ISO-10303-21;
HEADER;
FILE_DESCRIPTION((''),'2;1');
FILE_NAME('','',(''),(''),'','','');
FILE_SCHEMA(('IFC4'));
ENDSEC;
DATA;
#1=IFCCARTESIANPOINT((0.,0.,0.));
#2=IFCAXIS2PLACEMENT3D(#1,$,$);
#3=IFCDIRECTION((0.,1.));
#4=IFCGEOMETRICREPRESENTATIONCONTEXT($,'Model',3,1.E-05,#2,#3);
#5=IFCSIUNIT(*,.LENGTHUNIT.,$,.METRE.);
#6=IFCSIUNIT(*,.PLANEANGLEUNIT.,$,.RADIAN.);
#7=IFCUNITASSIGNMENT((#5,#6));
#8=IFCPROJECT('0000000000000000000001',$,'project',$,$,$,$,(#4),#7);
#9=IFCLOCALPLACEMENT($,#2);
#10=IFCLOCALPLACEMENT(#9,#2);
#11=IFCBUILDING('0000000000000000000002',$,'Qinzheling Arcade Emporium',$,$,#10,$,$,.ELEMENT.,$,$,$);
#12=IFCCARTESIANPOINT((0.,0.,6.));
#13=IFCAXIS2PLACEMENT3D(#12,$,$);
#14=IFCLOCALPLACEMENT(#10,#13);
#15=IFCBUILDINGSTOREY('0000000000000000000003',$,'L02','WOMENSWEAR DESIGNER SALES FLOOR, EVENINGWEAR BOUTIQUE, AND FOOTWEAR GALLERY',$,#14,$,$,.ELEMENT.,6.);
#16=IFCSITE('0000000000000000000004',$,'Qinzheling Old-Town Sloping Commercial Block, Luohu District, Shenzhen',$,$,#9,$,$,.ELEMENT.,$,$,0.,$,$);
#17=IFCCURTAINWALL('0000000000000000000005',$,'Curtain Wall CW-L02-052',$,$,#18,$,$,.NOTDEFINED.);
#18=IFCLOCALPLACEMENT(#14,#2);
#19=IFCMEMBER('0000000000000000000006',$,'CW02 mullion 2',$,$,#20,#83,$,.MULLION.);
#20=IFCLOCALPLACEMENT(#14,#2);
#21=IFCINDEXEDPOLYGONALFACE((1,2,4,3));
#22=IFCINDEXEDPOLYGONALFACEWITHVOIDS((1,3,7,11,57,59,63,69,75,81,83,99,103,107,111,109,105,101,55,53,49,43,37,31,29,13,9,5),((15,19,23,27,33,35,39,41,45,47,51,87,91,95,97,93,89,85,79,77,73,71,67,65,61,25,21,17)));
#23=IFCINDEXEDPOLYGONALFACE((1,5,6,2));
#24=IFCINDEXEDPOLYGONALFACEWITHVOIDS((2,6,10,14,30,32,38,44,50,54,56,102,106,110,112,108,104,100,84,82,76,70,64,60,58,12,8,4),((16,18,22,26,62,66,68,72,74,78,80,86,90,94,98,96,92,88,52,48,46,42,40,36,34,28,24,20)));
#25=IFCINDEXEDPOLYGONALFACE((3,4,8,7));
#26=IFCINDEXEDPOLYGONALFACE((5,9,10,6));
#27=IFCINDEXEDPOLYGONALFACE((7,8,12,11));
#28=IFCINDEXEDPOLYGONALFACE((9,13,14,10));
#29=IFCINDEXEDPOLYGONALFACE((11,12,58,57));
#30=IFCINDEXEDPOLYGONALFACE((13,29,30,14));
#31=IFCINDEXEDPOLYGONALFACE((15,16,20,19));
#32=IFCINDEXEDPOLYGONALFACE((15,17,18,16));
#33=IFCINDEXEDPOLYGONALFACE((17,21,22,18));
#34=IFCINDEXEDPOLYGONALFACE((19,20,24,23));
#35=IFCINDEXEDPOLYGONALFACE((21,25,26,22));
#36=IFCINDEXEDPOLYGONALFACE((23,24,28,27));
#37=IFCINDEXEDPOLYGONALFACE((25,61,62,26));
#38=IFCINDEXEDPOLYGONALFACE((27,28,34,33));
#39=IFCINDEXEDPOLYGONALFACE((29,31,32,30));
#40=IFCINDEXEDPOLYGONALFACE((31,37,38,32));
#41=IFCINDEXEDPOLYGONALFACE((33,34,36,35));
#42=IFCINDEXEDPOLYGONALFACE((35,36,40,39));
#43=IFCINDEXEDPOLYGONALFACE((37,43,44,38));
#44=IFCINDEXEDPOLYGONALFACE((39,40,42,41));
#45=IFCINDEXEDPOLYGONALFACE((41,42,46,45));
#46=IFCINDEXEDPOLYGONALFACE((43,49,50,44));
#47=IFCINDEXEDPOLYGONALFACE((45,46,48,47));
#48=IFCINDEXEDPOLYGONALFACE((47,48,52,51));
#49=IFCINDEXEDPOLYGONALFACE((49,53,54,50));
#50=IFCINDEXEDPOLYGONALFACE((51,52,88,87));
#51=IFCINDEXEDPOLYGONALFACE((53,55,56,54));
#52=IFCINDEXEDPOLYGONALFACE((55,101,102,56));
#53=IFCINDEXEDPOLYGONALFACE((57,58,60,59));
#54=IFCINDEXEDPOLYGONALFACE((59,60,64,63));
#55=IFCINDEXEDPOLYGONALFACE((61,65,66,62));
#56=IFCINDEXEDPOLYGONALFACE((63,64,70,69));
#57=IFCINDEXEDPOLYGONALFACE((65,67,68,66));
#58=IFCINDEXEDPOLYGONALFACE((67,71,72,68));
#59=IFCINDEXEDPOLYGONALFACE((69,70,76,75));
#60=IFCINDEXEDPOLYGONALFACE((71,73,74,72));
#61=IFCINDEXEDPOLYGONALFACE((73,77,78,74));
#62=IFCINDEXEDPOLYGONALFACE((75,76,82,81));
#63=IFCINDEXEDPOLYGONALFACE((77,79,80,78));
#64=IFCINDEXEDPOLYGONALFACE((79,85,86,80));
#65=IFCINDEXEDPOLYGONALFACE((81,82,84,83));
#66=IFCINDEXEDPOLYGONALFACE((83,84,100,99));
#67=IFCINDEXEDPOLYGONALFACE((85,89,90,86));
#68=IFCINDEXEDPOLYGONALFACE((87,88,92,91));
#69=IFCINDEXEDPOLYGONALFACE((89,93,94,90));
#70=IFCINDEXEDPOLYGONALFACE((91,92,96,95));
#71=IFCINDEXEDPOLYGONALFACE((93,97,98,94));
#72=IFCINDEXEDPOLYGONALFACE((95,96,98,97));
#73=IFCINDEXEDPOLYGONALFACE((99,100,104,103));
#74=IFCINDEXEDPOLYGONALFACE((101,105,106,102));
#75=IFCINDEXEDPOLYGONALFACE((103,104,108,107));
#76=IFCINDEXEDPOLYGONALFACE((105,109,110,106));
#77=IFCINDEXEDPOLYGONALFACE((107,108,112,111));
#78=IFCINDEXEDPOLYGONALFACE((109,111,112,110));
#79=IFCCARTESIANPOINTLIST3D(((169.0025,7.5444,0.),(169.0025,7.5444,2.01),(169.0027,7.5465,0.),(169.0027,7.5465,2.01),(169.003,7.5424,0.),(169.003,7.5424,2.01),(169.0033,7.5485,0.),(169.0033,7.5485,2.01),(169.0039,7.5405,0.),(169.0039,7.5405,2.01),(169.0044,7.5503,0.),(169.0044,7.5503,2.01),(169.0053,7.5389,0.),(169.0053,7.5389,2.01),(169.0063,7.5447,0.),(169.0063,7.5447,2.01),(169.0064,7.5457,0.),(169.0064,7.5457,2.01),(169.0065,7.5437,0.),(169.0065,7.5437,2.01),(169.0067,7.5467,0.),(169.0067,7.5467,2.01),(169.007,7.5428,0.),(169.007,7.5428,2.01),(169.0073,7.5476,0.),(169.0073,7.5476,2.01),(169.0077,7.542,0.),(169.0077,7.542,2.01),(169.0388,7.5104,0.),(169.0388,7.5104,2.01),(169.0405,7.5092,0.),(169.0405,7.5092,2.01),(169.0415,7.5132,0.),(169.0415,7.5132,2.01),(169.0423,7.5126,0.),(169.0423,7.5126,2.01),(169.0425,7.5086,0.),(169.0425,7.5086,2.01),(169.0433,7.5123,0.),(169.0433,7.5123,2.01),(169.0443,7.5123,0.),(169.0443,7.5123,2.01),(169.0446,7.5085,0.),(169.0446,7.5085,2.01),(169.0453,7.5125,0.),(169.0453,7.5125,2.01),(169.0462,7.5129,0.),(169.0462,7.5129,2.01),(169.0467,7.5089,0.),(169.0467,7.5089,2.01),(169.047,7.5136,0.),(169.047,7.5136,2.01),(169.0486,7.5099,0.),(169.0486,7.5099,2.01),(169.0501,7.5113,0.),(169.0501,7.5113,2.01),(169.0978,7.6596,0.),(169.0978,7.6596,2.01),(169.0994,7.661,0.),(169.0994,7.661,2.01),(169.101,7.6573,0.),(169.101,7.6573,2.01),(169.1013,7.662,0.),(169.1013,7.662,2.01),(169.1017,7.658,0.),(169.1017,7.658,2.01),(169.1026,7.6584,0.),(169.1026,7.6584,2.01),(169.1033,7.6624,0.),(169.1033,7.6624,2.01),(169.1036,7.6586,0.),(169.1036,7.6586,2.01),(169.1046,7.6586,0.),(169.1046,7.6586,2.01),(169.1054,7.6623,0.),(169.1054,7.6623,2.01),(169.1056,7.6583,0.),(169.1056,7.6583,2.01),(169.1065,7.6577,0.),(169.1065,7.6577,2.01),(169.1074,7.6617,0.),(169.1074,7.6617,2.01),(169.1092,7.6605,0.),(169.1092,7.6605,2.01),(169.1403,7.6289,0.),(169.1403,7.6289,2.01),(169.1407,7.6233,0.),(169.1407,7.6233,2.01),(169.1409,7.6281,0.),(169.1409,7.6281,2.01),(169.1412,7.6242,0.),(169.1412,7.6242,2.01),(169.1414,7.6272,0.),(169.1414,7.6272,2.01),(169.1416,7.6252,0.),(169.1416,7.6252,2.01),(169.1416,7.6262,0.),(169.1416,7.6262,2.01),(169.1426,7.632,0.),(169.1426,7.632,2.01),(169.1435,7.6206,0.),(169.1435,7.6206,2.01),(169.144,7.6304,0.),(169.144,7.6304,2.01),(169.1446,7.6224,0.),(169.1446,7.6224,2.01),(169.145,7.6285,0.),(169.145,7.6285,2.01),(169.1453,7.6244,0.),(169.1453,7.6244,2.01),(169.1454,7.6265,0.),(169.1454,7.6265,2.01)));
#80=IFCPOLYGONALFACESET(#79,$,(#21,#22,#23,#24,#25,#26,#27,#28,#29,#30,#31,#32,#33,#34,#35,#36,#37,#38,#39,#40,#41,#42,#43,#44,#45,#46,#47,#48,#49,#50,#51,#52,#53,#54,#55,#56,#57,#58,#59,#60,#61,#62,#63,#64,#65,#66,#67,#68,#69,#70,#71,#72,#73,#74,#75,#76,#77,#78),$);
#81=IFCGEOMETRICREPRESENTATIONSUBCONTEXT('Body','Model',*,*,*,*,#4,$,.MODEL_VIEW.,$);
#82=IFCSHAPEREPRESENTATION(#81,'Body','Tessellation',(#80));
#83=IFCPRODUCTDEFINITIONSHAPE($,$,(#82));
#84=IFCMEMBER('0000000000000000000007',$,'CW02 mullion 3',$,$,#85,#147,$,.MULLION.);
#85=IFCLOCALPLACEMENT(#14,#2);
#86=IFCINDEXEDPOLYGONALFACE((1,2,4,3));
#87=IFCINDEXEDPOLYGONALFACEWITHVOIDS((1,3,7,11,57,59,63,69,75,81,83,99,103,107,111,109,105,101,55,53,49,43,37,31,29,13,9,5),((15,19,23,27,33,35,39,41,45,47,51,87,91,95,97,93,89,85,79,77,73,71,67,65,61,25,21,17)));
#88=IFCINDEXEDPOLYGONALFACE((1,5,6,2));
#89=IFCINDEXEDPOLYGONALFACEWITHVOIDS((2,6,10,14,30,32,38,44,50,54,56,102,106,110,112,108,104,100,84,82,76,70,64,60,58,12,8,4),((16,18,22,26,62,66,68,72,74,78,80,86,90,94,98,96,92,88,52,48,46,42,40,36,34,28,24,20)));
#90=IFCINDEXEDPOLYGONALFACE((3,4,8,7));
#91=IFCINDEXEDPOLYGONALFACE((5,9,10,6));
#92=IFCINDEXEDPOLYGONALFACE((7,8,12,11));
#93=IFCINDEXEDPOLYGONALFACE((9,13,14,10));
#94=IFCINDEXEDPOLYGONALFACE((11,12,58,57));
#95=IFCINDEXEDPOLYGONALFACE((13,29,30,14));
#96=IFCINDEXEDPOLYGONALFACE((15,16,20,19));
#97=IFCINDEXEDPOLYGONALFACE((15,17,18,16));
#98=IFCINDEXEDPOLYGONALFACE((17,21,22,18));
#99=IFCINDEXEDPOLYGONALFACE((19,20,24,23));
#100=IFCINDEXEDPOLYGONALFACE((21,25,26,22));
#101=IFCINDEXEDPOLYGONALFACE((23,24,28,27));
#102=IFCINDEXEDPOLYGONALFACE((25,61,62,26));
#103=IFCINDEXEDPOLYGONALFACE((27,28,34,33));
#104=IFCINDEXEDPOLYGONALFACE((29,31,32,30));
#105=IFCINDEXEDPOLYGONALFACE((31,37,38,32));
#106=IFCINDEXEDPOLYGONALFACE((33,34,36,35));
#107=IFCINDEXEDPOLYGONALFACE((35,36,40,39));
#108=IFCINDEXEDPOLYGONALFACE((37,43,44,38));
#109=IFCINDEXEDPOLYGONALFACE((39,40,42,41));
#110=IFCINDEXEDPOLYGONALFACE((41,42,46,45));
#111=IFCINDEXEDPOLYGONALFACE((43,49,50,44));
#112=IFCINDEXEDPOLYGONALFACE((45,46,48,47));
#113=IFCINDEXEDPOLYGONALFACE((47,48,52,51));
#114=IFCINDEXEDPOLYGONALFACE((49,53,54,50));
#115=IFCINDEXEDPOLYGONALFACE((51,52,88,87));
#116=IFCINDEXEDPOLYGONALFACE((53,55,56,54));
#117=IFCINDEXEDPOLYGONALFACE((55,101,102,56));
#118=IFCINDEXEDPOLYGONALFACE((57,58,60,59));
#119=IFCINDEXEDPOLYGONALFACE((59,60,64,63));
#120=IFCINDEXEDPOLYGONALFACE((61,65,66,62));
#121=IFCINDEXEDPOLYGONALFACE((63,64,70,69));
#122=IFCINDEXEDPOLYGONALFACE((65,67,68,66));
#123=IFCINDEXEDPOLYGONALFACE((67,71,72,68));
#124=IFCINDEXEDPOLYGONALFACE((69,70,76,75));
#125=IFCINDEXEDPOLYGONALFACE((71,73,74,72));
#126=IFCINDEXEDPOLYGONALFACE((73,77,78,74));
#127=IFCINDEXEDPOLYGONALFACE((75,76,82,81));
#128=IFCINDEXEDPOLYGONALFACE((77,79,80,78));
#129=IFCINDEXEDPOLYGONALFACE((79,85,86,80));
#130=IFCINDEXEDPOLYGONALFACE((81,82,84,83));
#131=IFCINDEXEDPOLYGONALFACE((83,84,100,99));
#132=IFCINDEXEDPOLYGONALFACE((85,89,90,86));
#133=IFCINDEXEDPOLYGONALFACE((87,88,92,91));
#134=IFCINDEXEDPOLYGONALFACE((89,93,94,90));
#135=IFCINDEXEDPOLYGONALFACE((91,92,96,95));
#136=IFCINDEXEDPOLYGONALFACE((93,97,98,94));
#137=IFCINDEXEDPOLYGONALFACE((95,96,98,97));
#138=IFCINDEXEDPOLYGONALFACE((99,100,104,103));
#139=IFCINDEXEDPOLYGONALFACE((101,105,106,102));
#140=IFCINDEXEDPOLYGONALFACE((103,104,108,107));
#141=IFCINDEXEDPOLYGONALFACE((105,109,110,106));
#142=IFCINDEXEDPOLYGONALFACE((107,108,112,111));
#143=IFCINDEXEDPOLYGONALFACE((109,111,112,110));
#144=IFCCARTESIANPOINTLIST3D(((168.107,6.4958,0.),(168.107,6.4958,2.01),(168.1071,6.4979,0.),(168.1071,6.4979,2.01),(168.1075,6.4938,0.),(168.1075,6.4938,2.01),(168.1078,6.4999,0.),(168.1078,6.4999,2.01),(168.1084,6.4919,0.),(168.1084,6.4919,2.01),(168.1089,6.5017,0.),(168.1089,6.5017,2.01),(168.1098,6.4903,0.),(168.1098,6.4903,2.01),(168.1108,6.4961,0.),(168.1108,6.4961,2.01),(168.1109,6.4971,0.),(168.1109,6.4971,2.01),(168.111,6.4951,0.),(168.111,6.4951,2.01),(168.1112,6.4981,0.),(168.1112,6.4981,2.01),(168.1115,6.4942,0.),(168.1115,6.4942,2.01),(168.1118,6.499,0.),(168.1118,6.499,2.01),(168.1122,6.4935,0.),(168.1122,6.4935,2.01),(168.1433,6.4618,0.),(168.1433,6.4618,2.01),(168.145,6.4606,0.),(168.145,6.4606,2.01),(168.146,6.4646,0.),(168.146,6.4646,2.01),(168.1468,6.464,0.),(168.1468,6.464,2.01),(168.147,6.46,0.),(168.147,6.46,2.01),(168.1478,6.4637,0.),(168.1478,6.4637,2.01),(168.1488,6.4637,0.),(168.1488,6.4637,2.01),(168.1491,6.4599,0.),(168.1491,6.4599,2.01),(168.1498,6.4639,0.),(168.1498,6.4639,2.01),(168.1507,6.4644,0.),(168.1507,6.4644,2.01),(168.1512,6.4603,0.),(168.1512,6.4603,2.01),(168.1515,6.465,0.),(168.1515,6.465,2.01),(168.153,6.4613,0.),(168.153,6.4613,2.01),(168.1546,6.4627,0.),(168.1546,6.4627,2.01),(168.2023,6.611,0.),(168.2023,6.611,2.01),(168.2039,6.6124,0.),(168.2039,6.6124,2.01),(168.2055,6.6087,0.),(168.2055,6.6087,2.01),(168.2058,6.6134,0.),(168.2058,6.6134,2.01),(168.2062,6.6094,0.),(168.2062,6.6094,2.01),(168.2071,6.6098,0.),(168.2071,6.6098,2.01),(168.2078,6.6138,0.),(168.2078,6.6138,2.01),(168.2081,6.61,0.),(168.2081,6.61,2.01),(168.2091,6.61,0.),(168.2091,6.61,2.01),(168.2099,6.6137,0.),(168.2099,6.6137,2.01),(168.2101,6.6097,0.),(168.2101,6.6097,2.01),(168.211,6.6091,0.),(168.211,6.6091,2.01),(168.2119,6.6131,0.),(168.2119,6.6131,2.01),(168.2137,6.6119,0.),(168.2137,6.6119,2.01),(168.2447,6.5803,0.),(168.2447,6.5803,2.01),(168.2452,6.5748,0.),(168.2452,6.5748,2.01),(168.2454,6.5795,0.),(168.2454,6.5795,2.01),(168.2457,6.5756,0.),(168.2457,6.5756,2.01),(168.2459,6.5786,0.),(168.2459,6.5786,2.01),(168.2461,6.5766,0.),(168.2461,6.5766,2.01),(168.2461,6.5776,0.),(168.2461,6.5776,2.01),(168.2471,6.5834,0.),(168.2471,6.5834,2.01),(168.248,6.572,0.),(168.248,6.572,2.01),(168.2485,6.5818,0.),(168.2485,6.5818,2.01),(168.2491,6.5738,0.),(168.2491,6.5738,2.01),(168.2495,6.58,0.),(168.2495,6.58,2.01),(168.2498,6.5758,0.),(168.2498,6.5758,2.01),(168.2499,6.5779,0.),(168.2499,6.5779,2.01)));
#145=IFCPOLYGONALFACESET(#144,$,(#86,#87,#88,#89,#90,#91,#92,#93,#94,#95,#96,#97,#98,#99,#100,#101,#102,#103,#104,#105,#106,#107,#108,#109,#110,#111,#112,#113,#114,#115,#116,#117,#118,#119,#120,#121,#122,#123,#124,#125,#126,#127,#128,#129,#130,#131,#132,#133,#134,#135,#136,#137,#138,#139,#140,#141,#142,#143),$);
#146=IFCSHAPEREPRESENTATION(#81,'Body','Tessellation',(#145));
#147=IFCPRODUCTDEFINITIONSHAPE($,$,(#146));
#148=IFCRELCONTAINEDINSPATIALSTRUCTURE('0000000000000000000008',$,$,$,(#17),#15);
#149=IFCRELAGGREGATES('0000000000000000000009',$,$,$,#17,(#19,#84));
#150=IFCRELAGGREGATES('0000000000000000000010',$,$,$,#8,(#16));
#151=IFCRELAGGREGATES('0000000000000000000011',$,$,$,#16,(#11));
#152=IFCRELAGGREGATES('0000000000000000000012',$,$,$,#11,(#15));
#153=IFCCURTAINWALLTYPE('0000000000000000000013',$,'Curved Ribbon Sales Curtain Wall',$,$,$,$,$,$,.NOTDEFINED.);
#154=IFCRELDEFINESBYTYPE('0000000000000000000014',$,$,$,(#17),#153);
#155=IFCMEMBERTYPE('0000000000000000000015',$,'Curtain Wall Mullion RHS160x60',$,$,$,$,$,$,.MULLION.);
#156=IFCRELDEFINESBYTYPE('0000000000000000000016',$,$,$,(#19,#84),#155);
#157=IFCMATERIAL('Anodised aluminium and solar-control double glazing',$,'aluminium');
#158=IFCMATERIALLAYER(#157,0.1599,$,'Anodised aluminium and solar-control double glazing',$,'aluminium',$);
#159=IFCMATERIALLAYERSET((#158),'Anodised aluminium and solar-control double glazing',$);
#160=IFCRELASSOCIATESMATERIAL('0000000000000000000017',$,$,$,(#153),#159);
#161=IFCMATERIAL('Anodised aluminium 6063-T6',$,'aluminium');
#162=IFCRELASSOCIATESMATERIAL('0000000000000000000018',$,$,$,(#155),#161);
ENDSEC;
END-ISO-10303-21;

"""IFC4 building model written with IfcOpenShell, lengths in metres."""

from ifc_helpers import new_model, si_unit, direction, frame, origin, origin_2d, place, context, subcontext, project, spatial, hollow_rectangle, extrude, material, layer, layer_set, material_profile, profile_set, type_object, element, aggregate, save


model = new_model("IFC4")

# Units and contexts
model_context = context("Model", 3, precision=1e-05, world=origin(), true_north=direction((0.0, 1.0)))
body_context = subcontext(model_context, "Body", "Model", "MODEL_VIEW")
ifc_project = project(units=[si_unit("LENGTHUNIT", "METRE"), si_unit("PLANEANGLEUNIT", "RADIAN")], contexts=[model_context])

# Site, building, storey
site_placement = place(None, origin())
site = spatial("IfcSite", under=ifc_project, at=site_placement, Name="Qinzheling Old-Town Sloping Commercial Block, Luohu District, Shenzhen", CompositionType="ELEMENT", RefElevation=0.0)
building_placement = place(site_placement, origin())
building = spatial("IfcBuilding", under=site, at=building_placement, Name="Qinzheling Arcade Emporium", CompositionType="ELEMENT")
storey_placement = place(building_placement, frame((0.0, 0.0, 6.0)))
storey = spatial("IfcBuildingStorey", under=building, at=storey_placement, Name="L02", Description="WOMENSWEAR DESIGNER SALES FLOOR, EVENINGWEAR BOUTIQUE, AND FOOTWEAR GALLERY", CompositionType="ELEMENT", Elevation=6.0)

# Curtain wall, members
ifc_material_1 = material(Name="Anodised aluminium and solar-control double glazing", Category="aluminium")
ifc_layer_1 = layer(ifc_material_1, 0.1599, Name="Anodised aluminium and solar-control double glazing", Category="aluminium")
ifc_layer_set_1 = layer_set([ifc_layer_1], Name="Anodised aluminium and solar-control double glazing")
curtain_wall_type = type_object("IfcCurtainWallType", Name="Curved Ribbon Sales Curtain Wall", PredefinedType="NOTDEFINED", material=ifc_layer_set_1)
curtain_wall_1_placement = place(storey_placement, origin())
curtain_wall_1 = element("IfcCurtainWall", 1, at=curtain_wall_1_placement, inside=storey, type_object=curtain_wall_type, Name="Curtain Wall CW-L02-052", PredefinedType="NOTDEFINED")
ifc_material_2 = material(Name="Anodised aluminium 6063-T6", Category="aluminium")
ifc_material_profile_1 = material_profile(ifc_material_2, hollow_rectangle(XDim=0.0601, YDim=0.1599, WallThickness=0.0039, InnerFilletRadius=0.0039, OuterFilletRadius=0.0081, at=origin_2d()), Name="RHS 160x60x4", Category="aluminium")
ifc_profile_set_1 = profile_set([ifc_material_profile_1], Name="Anodised aluminium 6063-T6")
member_type_1 = type_object("IfcMemberType", Name="Curtain Wall Mullion RHS160x60", PredefinedType="MULLION", material=ifc_profile_set_1)
member_1_placement = place(storey_placement, frame((169.074, 7.5854, 0.0), z_axis=(0.0, 0.0, 1.0), x_axis=(0.760458, -0.649388, 0.0)))
member_1 = element("IfcMember", 2, at=member_1_placement, type_object=member_type_1, Name="CW02 mullion 2", PredefinedType="MULLION", context=body_context, shape_type="SweptSolid", body=[
    extrude(hollow_rectangle(XDim=0.0601, YDim=0.1599, WallThickness=0.0039, InnerFilletRadius=0.0039, OuterFilletRadius=0.0081, at=origin_2d()), origin(), (0.0, 0.0, 1.0), 2.01),
])
member_2_placement = place(storey_placement, frame((168.1785, 6.5369, 0.0), z_axis=(0.0, 0.0, 1.0), x_axis=(0.760458, -0.649388, 0.0)))
member_2 = element("IfcMember", 3, at=member_2_placement, type_object=member_type_1, Name="CW02 mullion 3", PredefinedType="MULLION", context=body_context, shape_type="SweptSolid", body=[
    extrude(hollow_rectangle(XDim=0.0601, YDim=0.1599, WallThickness=0.0039, InnerFilletRadius=0.0039, OuterFilletRadius=0.0081, at=origin_2d()), origin(), (0.0, 0.0, 1.0), 2.01),
])

aggregate(curtain_wall_1, [member_1, member_2])

save(model, "model.ifc")
